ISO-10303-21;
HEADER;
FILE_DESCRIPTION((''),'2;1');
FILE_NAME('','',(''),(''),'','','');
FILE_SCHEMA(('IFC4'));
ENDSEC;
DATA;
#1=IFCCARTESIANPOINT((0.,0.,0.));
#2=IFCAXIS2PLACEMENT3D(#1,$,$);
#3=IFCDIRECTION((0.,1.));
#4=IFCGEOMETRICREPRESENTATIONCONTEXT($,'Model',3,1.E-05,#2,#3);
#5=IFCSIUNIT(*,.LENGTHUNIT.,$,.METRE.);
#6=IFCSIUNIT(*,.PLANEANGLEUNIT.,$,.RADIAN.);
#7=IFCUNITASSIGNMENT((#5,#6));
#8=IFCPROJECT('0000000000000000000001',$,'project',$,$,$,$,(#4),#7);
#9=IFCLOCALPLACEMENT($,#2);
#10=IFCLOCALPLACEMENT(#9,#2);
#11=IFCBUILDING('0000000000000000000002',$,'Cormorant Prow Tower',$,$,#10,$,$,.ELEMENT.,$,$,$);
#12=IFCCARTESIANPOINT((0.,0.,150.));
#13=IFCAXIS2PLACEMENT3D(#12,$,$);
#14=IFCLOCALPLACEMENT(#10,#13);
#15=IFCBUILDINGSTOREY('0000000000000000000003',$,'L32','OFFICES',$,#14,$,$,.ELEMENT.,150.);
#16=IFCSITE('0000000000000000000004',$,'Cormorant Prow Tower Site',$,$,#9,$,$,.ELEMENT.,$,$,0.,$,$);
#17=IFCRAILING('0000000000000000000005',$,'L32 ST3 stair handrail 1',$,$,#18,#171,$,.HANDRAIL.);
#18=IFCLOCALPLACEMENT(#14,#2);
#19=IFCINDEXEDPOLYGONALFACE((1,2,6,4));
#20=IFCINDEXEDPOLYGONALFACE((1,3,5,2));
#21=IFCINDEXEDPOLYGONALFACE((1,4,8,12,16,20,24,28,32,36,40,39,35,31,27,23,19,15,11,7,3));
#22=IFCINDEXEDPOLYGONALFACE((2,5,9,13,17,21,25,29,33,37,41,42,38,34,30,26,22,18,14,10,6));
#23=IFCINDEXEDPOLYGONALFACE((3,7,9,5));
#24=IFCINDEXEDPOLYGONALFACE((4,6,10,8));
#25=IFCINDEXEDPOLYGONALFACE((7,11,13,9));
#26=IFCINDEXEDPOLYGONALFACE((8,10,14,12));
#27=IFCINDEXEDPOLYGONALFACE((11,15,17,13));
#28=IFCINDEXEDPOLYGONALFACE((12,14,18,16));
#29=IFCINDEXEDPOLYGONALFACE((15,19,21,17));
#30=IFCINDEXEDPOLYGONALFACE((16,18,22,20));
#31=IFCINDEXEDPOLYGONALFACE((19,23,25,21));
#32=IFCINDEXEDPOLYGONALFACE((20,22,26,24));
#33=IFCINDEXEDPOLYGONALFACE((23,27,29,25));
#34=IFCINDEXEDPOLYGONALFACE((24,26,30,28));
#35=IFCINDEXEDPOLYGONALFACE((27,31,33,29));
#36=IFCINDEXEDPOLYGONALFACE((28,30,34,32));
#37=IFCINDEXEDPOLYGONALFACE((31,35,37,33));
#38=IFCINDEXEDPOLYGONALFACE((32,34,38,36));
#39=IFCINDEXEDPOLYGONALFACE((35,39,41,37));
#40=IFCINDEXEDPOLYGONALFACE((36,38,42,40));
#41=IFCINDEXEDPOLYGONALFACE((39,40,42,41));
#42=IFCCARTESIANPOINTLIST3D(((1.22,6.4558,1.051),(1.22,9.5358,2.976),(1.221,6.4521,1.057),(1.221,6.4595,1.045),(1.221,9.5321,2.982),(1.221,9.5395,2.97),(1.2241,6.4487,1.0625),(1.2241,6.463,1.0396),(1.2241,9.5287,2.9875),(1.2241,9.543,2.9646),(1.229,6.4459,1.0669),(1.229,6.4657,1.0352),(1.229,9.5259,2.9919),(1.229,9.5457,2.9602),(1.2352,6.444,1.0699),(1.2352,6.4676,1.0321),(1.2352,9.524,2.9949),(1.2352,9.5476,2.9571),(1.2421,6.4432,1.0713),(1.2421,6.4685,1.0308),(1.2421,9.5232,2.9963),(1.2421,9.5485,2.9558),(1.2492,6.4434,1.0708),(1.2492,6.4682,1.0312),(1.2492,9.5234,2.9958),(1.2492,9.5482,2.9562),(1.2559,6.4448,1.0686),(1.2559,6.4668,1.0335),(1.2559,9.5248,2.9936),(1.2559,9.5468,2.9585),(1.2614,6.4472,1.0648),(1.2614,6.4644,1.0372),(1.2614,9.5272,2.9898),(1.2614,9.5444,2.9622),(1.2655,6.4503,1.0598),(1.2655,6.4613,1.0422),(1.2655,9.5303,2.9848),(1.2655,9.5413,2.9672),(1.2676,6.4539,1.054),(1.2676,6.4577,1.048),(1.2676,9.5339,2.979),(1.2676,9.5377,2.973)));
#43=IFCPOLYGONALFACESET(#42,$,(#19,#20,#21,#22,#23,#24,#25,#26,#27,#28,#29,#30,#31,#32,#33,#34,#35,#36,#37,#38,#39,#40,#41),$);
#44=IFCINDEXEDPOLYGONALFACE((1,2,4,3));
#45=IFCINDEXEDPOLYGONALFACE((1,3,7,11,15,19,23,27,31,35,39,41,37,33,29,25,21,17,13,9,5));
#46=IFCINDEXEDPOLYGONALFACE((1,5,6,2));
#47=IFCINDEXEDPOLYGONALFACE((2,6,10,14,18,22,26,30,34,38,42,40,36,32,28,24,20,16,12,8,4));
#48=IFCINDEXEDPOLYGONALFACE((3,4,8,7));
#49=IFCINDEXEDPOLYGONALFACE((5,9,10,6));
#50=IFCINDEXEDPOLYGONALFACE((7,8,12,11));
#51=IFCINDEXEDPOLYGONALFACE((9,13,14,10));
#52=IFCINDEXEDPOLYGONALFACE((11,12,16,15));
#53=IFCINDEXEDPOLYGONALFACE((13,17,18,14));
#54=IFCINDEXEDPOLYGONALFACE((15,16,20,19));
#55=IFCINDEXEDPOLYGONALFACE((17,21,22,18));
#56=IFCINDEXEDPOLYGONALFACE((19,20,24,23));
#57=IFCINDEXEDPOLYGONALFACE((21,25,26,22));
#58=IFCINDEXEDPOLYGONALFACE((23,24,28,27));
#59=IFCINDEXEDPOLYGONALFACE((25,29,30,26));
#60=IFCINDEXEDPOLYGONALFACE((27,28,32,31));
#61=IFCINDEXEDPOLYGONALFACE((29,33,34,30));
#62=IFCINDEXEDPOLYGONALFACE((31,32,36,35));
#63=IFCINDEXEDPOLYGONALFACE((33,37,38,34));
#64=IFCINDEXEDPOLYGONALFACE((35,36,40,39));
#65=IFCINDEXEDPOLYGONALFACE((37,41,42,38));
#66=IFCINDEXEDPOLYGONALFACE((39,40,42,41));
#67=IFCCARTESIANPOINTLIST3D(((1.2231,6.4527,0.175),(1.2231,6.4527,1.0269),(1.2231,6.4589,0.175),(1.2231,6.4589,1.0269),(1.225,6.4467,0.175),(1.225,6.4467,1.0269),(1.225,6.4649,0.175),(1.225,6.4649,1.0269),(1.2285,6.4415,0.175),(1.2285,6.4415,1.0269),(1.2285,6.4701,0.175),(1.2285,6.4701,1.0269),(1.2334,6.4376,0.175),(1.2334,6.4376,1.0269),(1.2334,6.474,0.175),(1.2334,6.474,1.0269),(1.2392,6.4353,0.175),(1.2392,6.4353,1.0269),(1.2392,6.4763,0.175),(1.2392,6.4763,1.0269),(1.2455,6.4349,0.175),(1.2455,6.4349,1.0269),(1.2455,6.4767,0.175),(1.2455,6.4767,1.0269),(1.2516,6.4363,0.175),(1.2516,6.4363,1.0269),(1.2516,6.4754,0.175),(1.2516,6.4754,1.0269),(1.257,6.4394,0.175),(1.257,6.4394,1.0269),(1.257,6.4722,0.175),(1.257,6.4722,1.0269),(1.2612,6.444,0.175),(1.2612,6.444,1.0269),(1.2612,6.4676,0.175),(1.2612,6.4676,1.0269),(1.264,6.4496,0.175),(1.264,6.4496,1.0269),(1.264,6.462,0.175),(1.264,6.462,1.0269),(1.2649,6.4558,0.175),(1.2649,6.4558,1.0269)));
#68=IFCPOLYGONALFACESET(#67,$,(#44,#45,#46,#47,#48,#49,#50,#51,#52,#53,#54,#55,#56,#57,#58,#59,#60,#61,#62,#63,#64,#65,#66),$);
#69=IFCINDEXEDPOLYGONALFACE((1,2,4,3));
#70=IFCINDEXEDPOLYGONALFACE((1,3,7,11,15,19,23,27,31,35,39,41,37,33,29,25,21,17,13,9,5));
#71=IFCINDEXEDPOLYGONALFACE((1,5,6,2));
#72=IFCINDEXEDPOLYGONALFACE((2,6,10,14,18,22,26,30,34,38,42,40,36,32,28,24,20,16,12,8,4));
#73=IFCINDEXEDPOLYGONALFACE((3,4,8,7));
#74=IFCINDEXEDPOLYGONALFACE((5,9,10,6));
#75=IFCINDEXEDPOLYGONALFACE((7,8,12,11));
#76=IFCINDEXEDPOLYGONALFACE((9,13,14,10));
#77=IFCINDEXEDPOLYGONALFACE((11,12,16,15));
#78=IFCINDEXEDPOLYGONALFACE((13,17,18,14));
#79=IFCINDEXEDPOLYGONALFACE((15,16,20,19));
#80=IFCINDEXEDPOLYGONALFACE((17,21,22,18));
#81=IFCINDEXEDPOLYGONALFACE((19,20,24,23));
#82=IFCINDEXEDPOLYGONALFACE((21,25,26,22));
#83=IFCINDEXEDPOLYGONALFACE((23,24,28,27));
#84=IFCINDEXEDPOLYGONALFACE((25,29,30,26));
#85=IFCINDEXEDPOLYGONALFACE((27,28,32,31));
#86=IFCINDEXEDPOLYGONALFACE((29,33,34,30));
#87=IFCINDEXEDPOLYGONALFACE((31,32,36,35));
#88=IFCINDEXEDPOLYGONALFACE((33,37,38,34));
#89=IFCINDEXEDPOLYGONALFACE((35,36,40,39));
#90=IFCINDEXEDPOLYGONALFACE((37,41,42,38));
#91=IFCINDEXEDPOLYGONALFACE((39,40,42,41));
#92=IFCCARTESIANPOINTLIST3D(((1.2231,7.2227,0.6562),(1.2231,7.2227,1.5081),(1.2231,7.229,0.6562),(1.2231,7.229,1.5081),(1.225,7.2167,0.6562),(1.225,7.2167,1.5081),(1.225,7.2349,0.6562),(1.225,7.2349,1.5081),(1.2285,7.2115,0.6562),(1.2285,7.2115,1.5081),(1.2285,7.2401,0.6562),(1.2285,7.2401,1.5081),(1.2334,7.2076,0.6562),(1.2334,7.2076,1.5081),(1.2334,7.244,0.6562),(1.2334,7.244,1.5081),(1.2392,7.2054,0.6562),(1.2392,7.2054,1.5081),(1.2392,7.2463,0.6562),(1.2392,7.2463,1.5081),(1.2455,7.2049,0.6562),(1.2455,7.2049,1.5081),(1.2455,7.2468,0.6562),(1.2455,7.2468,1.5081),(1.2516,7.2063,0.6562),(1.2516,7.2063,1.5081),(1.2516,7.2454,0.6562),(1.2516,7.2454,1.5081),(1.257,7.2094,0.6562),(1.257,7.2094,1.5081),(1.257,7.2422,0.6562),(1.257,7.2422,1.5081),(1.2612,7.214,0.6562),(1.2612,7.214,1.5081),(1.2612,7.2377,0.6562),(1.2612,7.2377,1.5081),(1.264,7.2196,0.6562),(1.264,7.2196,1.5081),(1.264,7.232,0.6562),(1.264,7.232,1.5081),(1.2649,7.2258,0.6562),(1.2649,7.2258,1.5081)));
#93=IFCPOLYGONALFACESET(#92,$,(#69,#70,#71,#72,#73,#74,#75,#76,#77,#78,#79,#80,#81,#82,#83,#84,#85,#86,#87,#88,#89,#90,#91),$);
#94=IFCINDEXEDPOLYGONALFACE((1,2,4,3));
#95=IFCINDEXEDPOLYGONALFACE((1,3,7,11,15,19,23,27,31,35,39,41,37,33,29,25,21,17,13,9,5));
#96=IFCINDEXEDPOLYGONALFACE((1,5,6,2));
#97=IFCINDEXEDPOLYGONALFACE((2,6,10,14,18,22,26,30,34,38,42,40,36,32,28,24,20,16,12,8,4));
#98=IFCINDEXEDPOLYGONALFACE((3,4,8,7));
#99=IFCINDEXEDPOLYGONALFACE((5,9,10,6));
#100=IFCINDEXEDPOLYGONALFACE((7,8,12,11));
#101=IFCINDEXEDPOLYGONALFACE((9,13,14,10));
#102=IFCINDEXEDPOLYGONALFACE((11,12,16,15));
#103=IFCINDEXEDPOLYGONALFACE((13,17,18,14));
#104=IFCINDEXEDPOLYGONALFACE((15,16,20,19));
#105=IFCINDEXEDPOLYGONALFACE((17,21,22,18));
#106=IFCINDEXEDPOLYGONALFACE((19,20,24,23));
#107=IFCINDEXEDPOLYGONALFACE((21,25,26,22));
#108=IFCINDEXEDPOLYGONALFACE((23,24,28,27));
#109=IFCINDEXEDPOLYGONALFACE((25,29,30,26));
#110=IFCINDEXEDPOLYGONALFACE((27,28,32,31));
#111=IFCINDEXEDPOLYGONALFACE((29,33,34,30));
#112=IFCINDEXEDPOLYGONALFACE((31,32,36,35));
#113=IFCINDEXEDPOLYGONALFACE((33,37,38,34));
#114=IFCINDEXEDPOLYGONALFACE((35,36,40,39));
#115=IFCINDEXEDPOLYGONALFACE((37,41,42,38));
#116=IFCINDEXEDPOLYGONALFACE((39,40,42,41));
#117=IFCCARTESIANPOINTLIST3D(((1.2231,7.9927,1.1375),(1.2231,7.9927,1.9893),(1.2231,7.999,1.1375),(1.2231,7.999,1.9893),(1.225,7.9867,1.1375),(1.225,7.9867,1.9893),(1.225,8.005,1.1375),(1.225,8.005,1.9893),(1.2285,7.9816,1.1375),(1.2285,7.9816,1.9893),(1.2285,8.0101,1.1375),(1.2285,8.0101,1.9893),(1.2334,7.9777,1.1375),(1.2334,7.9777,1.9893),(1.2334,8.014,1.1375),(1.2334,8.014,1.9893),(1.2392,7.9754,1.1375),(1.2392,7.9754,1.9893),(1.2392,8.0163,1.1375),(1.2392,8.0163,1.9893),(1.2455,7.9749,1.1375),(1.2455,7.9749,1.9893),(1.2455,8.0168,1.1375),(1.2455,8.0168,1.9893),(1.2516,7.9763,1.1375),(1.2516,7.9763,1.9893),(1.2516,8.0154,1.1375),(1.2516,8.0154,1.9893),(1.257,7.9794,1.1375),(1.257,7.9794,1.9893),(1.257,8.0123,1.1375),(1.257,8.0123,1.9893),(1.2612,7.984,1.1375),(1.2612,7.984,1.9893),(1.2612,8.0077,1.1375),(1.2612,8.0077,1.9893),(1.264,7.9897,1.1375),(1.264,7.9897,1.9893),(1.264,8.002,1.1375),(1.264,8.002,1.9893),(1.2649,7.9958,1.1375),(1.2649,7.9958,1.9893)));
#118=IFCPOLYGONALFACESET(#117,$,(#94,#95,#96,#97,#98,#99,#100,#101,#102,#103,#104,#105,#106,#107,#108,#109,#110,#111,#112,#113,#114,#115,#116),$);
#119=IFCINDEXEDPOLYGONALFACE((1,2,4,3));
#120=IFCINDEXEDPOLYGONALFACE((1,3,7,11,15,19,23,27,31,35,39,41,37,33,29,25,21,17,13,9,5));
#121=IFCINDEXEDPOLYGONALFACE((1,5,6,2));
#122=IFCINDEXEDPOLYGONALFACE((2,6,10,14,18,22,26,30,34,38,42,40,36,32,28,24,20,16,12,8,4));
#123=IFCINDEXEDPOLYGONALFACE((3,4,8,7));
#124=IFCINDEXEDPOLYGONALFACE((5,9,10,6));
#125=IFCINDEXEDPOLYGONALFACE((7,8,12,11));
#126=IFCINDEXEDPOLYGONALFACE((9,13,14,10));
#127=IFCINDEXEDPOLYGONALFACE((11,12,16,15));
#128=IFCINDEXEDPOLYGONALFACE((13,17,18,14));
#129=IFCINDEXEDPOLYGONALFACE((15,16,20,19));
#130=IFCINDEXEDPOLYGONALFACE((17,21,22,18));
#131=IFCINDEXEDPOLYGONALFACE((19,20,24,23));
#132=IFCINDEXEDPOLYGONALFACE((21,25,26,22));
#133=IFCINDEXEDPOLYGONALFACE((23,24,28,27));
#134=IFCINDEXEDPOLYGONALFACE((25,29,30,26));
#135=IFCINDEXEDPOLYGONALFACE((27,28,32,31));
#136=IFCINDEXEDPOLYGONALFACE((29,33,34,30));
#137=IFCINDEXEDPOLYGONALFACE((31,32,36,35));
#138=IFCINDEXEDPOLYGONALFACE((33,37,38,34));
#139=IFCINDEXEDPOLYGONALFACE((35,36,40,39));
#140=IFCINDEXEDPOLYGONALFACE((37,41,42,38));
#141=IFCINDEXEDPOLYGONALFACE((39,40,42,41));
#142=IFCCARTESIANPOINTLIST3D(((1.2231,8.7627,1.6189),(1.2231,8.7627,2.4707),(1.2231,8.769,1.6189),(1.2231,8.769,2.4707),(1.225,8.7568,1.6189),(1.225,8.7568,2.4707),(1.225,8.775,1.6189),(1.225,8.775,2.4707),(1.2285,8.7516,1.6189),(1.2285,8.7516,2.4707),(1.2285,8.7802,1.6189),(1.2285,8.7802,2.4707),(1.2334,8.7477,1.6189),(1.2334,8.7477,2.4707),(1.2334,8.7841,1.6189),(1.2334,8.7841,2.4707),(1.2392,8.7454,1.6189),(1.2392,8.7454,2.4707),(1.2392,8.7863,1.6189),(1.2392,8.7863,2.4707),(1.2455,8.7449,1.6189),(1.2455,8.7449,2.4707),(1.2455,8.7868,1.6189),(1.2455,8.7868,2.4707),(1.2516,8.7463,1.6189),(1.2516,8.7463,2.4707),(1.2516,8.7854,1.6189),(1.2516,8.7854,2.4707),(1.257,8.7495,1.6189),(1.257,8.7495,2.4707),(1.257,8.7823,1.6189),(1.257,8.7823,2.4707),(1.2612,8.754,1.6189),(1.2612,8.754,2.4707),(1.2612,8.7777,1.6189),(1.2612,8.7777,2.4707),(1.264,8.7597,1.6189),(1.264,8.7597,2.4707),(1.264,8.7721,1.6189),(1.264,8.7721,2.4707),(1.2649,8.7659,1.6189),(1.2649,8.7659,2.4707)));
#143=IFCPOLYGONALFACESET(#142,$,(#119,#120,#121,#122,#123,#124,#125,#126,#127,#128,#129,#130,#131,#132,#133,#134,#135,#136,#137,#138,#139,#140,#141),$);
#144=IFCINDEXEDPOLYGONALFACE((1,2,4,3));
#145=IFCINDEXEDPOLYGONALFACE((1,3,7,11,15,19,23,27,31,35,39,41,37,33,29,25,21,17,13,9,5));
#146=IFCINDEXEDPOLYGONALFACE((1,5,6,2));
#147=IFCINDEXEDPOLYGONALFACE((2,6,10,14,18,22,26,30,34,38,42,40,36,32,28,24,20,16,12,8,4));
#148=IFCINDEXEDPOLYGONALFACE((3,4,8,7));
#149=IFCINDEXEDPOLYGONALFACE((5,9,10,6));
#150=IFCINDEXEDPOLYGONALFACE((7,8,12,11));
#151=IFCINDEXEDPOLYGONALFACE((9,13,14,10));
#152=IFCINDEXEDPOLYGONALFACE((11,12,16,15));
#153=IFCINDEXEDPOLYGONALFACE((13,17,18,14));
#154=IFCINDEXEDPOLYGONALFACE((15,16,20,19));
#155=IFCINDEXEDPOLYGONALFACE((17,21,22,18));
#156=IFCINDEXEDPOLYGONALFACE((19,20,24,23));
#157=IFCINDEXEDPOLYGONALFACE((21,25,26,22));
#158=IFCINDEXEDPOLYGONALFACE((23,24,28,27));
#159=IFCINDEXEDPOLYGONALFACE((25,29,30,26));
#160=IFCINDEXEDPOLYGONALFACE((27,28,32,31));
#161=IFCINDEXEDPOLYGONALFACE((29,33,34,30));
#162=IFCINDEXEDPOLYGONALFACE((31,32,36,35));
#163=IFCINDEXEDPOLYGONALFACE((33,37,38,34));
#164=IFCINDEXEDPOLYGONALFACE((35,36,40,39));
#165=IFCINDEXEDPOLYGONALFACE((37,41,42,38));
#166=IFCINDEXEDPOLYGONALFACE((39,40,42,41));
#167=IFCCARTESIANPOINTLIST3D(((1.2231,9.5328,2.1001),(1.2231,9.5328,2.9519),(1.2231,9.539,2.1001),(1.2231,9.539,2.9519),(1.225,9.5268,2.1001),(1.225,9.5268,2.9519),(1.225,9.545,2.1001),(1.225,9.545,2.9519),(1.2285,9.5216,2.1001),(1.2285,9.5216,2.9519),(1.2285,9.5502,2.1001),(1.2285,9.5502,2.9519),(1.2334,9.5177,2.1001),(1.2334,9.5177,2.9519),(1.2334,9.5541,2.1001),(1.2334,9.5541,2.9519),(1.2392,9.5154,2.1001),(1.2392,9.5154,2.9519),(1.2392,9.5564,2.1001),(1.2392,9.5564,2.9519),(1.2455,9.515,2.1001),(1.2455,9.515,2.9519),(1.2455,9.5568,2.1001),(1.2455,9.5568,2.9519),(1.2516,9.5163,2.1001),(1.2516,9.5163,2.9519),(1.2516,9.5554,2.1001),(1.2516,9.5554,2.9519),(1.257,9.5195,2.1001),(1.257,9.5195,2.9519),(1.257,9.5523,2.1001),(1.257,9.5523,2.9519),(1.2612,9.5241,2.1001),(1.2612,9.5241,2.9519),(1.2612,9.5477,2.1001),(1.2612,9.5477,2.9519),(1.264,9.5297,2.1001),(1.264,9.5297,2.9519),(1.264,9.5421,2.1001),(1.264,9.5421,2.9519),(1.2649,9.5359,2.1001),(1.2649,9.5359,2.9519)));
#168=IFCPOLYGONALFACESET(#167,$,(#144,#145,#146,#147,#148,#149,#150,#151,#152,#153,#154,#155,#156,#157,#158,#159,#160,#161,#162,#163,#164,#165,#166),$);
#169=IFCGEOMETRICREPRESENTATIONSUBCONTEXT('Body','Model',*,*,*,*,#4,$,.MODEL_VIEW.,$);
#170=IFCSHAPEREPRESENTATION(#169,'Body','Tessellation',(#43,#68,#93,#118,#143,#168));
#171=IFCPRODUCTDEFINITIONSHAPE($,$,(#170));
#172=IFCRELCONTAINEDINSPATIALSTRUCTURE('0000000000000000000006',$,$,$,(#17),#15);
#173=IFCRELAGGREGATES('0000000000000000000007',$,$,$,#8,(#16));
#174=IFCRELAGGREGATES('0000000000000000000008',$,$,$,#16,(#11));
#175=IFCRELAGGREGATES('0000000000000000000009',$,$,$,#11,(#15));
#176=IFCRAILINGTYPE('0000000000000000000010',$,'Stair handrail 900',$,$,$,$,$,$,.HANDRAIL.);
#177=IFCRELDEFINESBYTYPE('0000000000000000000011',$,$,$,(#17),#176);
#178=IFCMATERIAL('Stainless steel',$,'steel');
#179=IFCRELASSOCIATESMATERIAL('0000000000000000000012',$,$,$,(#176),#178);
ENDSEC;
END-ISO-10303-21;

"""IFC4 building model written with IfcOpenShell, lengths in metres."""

from ifc_helpers import new_model, si_unit, direction, frame, origin, origin_2d, place, context, subcontext, project, spatial, circle, extrude, material, type_object, element, save


model = new_model("IFC4")

# Units and contexts
model_context = context("Model", 3, precision=1e-05, world=origin(), true_north=direction((0.0, 1.0)))
body_context = subcontext(model_context, "Body", "Model", "MODEL_VIEW")
ifc_project = project(units=[si_unit("LENGTHUNIT", "METRE"), si_unit("PLANEANGLEUNIT", "RADIAN")], contexts=[model_context])

# Site, building, storey
site_placement = place(None, origin())
site = spatial("IfcSite", under=ifc_project, at=site_placement, Name="Cormorant Prow Tower Site", CompositionType="ELEMENT", RefElevation=0.0)
building_placement = place(site_placement, origin())
building = spatial("IfcBuilding", under=site, at=building_placement, Name="Cormorant Prow Tower", CompositionType="ELEMENT")
storey_placement = place(building_placement, frame((0.0, 0.0, 150.0)))
storey = spatial("IfcBuildingStorey", under=building, at=storey_placement, Name="L32", Description="OFFICES", CompositionType="ELEMENT", Elevation=150.0)

# Railing
ifc_material_1 = material(Name="Stainless steel", Category="steel")
railing_type_1 = type_object("IfcRailingType", Name="Stair handrail 900", PredefinedType="HANDRAIL", material=ifc_material_1)
railing_1_placement = place(storey_placement, frame((1.2439, 6.4558, 0.175)))
element("IfcRailing", 1, at=railing_1_placement, inside=storey, type_object=railing_type_1, Name="L32 ST3 stair handrail 1", PredefinedType="HANDRAIL", context=body_context, shape_type="SweptSolid", body=[
    extrude(circle(Radius=0.0239, at=origin_2d()), frame((0.0, 0.0, 0.876), z_axis=(0.0, 0.847998, 0.529999), x_axis=(-1.0, 0.0, 0.0)), (0.0, 0.0, 1.0), 3.6321),
    extrude(circle(Radius=0.021, at=origin_2d()), origin(), (0.0, 0.0, 1.0), 0.8518),
    extrude(circle(Radius=0.021, at=origin_2d()), frame((0.0, 0.77, 0.4812)), (0.0, 0.0, 1.0), 0.8518),
    extrude(circle(Radius=0.021, at=origin_2d()), frame((0.0, 1.54, 0.9624)), (0.0, 0.0, 1.0), 0.8518),
    extrude(circle(Radius=0.021, at=origin_2d()), frame((0.0, 2.3101, 1.4438)), (0.0, 0.0, 1.0), 0.8518),
    extrude(circle(Radius=0.021, at=origin_2d()), frame((0.0, 3.0801, 1.925)), (0.0, 0.0, 1.0), 0.8518),
])

save(model, "model.ifc")
